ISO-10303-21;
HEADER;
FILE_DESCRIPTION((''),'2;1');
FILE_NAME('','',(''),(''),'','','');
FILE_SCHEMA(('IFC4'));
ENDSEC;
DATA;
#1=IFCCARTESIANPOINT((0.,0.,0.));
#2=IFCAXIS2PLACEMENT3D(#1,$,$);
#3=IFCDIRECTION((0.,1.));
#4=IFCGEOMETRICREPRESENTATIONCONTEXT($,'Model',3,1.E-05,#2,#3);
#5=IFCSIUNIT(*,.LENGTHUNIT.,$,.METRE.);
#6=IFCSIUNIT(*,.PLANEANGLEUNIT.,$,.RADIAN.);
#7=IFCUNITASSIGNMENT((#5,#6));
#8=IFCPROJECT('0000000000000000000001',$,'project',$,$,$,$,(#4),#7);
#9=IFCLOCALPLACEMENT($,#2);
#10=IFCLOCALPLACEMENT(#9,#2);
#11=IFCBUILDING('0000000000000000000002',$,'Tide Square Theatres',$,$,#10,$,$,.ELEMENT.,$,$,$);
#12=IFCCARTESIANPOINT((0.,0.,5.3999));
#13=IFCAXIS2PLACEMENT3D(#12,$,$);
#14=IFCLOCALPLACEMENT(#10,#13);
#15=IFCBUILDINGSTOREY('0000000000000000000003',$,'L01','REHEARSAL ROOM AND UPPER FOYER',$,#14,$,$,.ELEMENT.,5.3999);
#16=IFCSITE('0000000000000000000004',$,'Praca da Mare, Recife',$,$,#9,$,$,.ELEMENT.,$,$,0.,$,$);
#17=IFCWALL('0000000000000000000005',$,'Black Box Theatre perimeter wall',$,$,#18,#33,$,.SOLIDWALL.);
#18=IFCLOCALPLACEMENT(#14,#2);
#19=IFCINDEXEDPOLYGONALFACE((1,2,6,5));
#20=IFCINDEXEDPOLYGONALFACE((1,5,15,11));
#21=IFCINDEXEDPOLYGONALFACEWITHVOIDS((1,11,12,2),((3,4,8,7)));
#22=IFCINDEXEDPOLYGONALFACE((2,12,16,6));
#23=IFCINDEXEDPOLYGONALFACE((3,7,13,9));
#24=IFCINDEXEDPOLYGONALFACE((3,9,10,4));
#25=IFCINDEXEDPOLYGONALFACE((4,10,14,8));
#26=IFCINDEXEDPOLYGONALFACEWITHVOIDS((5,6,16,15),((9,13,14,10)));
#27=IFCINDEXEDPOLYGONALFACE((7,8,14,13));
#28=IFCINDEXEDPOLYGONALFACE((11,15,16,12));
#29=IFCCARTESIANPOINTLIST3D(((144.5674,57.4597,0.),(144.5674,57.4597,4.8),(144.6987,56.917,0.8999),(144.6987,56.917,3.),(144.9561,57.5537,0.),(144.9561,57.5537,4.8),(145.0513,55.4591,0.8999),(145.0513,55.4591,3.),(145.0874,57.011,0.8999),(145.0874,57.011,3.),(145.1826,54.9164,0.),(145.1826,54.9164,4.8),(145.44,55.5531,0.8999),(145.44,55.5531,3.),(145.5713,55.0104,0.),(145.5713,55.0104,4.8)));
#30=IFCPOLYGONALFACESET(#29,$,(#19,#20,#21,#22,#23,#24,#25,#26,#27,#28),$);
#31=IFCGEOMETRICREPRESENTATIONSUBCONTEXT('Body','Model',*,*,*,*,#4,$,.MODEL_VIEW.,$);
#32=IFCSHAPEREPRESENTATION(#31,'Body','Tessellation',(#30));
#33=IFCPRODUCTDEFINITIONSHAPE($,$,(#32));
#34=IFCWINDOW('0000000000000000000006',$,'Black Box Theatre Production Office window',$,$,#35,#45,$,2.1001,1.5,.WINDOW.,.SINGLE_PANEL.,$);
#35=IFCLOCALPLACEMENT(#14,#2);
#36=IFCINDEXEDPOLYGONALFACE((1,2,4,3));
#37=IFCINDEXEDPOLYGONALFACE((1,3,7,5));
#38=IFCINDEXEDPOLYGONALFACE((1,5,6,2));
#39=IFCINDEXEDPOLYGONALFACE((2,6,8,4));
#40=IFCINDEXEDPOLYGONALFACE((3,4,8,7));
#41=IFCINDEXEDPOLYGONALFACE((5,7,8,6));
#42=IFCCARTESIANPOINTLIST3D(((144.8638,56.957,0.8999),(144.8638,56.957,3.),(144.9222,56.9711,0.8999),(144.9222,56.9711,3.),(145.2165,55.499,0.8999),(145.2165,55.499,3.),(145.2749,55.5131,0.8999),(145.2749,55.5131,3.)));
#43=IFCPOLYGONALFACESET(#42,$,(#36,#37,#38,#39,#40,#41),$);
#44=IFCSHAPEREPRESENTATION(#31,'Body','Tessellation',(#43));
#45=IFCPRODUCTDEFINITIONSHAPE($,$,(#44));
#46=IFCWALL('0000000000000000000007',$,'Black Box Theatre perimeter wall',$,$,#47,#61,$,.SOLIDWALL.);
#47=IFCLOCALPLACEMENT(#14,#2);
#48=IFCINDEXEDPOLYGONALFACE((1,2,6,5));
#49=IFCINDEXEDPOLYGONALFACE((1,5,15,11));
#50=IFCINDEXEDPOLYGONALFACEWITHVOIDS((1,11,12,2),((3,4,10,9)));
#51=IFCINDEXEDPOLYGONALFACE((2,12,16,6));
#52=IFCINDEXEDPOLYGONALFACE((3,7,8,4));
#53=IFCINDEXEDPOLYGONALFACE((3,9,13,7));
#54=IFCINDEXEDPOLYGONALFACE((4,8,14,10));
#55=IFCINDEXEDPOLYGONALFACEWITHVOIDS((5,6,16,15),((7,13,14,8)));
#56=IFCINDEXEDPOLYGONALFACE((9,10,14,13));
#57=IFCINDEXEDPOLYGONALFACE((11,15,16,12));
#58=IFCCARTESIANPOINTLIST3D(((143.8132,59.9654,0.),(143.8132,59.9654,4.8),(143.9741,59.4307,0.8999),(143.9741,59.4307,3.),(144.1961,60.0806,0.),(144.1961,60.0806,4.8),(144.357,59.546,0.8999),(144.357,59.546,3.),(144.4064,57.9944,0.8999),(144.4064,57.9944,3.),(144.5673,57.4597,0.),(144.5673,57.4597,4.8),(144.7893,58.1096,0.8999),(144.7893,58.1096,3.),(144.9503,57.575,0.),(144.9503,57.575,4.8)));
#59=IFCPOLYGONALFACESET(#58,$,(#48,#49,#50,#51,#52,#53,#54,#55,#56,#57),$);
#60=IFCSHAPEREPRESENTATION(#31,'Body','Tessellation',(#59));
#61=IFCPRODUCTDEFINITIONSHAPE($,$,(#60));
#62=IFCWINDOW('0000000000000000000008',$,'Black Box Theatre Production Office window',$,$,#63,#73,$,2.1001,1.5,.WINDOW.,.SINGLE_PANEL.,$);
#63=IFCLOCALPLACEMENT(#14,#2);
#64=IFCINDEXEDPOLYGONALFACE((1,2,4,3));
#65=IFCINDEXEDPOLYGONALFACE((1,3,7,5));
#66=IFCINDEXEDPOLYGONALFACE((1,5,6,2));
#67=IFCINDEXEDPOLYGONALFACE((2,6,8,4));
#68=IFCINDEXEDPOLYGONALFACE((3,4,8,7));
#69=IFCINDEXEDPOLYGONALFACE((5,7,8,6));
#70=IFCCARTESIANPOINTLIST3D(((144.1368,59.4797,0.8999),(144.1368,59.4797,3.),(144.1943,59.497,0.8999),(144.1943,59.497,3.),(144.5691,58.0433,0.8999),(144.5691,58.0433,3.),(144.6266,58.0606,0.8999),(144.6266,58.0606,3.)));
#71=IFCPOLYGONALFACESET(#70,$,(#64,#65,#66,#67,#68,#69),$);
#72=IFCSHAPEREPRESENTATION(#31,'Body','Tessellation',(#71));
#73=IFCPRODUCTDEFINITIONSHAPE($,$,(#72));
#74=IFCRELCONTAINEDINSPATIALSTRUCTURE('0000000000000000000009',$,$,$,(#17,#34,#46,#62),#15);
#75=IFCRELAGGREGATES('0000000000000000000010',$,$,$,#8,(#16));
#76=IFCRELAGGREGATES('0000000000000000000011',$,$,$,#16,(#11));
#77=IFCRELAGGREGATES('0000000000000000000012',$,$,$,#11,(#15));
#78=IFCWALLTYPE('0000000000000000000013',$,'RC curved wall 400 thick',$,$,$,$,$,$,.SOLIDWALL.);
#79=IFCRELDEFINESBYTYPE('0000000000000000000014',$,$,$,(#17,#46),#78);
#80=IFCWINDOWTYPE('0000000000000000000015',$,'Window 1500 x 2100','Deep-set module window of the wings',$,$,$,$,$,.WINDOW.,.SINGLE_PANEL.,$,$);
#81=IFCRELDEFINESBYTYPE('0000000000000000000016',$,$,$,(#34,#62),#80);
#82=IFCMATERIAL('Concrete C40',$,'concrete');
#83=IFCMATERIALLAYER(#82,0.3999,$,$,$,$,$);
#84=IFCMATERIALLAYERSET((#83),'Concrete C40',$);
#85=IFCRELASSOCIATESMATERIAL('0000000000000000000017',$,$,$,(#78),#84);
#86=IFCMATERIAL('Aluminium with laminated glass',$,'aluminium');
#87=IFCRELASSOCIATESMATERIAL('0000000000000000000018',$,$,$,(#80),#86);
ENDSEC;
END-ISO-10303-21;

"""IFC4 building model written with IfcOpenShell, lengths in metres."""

from ifc_helpers import new_model, si_unit, direction, frame, frame_2d, origin, place, context, subcontext, project, spatial, rectangle, extrude, material, layer, layer_set, type_object, element, fill, save


model = new_model("IFC4")

# Units and contexts
model_context = context("Model", 3, precision=1e-05, world=origin(), true_north=direction((0.0, 1.0)))
body_context = subcontext(model_context, "Body", "Model", "MODEL_VIEW")
ifc_project = project(units=[si_unit("LENGTHUNIT", "METRE"), si_unit("PLANEANGLEUNIT", "RADIAN")], contexts=[model_context])

# Site, building, storey
site_placement = place(None, origin())
site = spatial("IfcSite", under=ifc_project, at=site_placement, Name="Praca da Mare, Recife", CompositionType="ELEMENT", RefElevation=0.0)
building_placement = place(site_placement, origin())
building = spatial("IfcBuilding", under=site, at=building_placement, Name="Tide Square Theatres", CompositionType="ELEMENT")
storey_placement = place(building_placement, frame((0.0, 0.0, 5.3999)))
storey = spatial("IfcBuildingStorey", under=building, at=storey_placement, Name="L01", Description="REHEARSAL ROOM AND UPPER FOYER", CompositionType="ELEMENT", Elevation=5.3999)

# Walls, openings, windows
ifc_material_1 = material(Name="Concrete C40", Category="concrete")
ifc_layer_1 = layer(ifc_material_1, 0.3999)
ifc_layer_set_1 = layer_set([ifc_layer_1], Name="Concrete C40")
wall_type_1 = type_object("IfcWallType", Name="RC curved wall 400 thick", PredefinedType="SOLIDWALL", material=ifc_layer_set_1)
ifc_material_2 = material(Name="Aluminium with laminated glass", Category="aluminium")
window_type = type_object("IfcWindowType", Name="Window 1500 x 2100", Description="Deep-set module window of the wings", PartitioningType="SINGLE_PANEL", PredefinedType="WINDOW", material=ifc_material_2)
wall_1_placement = place(storey_placement, frame((145.377, 54.9634, 0.0), z_axis=(0.0, 0.0, 1.0), x_axis=(-0.235109, 0.971969, 0.0)))
wall_1 = element("IfcWall", 1, at=wall_1_placement, inside=storey, type_object=wall_type_1, Name="Black Box Theatre perimeter wall", PredefinedType="SOLIDWALL", context=body_context, shape_type="SweptSolid", body=[
    extrude(rectangle(XDim=2.6167, YDim=0.3999, at=frame_2d((1.3083, 0.0))), origin(), (0.0, 0.0, 1.0), 4.8),
])
opening_1_placement = place(wall_1_placement, frame((0.5583, 0.0, 0.8999)))
opening_1 = element("IfcOpeningElement", 2, at=opening_1_placement, cuts=wall_1, PredefinedType="OPENING", context=body_context, shape_type="SweptSolid", body=[
    extrude(rectangle(XDim=1.5, YDim=2.1001, at=frame_2d((0.75, 1.05))), frame((0.0, 0.21, 0.0), z_axis=(0.0, -1.0, 0.0), x_axis=(1.0, 0.0, 0.0)), (0.0, 0.0, 1.0), 0.4199),
])
window_1_placement = place(opening_1_placement, origin())
window_1 = element("IfcWindow", 3, at=window_1_placement, inside=storey, type_object=window_type, Name="Black Box Theatre Production Office window", OverallHeight=2.1001, OverallWidth=1.5, PartitioningType="SINGLE_PANEL", PredefinedType="WINDOW", context=body_context, shape_type="SweptSolid", body=[
    extrude(rectangle(XDim=1.5, YDim=2.1001, at=frame_2d((0.75, 1.05))), frame((0.0, 0.03, 0.0), z_axis=(0.0, -1.0, 0.0), x_axis=(1.0, 0.0, 0.0)), (0.0, 0.0, 1.0), 0.0601),
])
fill(opening_1, window_1)
wall_2_placement = place(storey_placement, frame((144.7588, 57.5173, 0.0), z_axis=(0.0, 0.0, 1.0), x_axis=(-0.288212, 0.957567, 0.0)))
wall_2 = element("IfcWall", 4, at=wall_2_placement, inside=storey, type_object=wall_type_1, Name="Black Box Theatre perimeter wall", PredefinedType="SOLIDWALL", context=body_context, shape_type="SweptSolid", body=[
    extrude(rectangle(XDim=2.6167, YDim=0.3999, at=frame_2d((1.3083, 0.0))), origin(), (0.0, 0.0, 1.0), 4.8),
])
opening_2_placement = place(wall_2_placement, frame((0.5583, 0.0, 0.8999)))
opening_2 = element("IfcOpeningElement", 5, at=opening_2_placement, cuts=wall_2, PredefinedType="OPENING", context=body_context, shape_type="SweptSolid", body=[
    extrude(rectangle(XDim=1.5, YDim=2.1001, at=frame_2d((0.75, 1.05))), frame((0.0, 0.21, 0.0), z_axis=(0.0, -1.0, 0.0), x_axis=(1.0, 0.0, 0.0)), (0.0, 0.0, 1.0), 0.4199),
])
window_2_placement = place(opening_2_placement, origin())
window_2 = element("IfcWindow", 6, at=window_2_placement, inside=storey, type_object=window_type, Name="Black Box Theatre Production Office window", OverallHeight=2.1001, OverallWidth=1.5, PartitioningType="SINGLE_PANEL", PredefinedType="WINDOW", context=body_context, shape_type="SweptSolid", body=[
    extrude(rectangle(XDim=1.5, YDim=2.1001, at=frame_2d((0.75, 1.05))), frame((0.0, 0.03, 0.0), z_axis=(0.0, -1.0, 0.0), x_axis=(1.0, 0.0, 0.0)), (0.0, 0.0, 1.0), 0.0601),
])
fill(opening_2, window_2)

save(model, "model.ifc")
